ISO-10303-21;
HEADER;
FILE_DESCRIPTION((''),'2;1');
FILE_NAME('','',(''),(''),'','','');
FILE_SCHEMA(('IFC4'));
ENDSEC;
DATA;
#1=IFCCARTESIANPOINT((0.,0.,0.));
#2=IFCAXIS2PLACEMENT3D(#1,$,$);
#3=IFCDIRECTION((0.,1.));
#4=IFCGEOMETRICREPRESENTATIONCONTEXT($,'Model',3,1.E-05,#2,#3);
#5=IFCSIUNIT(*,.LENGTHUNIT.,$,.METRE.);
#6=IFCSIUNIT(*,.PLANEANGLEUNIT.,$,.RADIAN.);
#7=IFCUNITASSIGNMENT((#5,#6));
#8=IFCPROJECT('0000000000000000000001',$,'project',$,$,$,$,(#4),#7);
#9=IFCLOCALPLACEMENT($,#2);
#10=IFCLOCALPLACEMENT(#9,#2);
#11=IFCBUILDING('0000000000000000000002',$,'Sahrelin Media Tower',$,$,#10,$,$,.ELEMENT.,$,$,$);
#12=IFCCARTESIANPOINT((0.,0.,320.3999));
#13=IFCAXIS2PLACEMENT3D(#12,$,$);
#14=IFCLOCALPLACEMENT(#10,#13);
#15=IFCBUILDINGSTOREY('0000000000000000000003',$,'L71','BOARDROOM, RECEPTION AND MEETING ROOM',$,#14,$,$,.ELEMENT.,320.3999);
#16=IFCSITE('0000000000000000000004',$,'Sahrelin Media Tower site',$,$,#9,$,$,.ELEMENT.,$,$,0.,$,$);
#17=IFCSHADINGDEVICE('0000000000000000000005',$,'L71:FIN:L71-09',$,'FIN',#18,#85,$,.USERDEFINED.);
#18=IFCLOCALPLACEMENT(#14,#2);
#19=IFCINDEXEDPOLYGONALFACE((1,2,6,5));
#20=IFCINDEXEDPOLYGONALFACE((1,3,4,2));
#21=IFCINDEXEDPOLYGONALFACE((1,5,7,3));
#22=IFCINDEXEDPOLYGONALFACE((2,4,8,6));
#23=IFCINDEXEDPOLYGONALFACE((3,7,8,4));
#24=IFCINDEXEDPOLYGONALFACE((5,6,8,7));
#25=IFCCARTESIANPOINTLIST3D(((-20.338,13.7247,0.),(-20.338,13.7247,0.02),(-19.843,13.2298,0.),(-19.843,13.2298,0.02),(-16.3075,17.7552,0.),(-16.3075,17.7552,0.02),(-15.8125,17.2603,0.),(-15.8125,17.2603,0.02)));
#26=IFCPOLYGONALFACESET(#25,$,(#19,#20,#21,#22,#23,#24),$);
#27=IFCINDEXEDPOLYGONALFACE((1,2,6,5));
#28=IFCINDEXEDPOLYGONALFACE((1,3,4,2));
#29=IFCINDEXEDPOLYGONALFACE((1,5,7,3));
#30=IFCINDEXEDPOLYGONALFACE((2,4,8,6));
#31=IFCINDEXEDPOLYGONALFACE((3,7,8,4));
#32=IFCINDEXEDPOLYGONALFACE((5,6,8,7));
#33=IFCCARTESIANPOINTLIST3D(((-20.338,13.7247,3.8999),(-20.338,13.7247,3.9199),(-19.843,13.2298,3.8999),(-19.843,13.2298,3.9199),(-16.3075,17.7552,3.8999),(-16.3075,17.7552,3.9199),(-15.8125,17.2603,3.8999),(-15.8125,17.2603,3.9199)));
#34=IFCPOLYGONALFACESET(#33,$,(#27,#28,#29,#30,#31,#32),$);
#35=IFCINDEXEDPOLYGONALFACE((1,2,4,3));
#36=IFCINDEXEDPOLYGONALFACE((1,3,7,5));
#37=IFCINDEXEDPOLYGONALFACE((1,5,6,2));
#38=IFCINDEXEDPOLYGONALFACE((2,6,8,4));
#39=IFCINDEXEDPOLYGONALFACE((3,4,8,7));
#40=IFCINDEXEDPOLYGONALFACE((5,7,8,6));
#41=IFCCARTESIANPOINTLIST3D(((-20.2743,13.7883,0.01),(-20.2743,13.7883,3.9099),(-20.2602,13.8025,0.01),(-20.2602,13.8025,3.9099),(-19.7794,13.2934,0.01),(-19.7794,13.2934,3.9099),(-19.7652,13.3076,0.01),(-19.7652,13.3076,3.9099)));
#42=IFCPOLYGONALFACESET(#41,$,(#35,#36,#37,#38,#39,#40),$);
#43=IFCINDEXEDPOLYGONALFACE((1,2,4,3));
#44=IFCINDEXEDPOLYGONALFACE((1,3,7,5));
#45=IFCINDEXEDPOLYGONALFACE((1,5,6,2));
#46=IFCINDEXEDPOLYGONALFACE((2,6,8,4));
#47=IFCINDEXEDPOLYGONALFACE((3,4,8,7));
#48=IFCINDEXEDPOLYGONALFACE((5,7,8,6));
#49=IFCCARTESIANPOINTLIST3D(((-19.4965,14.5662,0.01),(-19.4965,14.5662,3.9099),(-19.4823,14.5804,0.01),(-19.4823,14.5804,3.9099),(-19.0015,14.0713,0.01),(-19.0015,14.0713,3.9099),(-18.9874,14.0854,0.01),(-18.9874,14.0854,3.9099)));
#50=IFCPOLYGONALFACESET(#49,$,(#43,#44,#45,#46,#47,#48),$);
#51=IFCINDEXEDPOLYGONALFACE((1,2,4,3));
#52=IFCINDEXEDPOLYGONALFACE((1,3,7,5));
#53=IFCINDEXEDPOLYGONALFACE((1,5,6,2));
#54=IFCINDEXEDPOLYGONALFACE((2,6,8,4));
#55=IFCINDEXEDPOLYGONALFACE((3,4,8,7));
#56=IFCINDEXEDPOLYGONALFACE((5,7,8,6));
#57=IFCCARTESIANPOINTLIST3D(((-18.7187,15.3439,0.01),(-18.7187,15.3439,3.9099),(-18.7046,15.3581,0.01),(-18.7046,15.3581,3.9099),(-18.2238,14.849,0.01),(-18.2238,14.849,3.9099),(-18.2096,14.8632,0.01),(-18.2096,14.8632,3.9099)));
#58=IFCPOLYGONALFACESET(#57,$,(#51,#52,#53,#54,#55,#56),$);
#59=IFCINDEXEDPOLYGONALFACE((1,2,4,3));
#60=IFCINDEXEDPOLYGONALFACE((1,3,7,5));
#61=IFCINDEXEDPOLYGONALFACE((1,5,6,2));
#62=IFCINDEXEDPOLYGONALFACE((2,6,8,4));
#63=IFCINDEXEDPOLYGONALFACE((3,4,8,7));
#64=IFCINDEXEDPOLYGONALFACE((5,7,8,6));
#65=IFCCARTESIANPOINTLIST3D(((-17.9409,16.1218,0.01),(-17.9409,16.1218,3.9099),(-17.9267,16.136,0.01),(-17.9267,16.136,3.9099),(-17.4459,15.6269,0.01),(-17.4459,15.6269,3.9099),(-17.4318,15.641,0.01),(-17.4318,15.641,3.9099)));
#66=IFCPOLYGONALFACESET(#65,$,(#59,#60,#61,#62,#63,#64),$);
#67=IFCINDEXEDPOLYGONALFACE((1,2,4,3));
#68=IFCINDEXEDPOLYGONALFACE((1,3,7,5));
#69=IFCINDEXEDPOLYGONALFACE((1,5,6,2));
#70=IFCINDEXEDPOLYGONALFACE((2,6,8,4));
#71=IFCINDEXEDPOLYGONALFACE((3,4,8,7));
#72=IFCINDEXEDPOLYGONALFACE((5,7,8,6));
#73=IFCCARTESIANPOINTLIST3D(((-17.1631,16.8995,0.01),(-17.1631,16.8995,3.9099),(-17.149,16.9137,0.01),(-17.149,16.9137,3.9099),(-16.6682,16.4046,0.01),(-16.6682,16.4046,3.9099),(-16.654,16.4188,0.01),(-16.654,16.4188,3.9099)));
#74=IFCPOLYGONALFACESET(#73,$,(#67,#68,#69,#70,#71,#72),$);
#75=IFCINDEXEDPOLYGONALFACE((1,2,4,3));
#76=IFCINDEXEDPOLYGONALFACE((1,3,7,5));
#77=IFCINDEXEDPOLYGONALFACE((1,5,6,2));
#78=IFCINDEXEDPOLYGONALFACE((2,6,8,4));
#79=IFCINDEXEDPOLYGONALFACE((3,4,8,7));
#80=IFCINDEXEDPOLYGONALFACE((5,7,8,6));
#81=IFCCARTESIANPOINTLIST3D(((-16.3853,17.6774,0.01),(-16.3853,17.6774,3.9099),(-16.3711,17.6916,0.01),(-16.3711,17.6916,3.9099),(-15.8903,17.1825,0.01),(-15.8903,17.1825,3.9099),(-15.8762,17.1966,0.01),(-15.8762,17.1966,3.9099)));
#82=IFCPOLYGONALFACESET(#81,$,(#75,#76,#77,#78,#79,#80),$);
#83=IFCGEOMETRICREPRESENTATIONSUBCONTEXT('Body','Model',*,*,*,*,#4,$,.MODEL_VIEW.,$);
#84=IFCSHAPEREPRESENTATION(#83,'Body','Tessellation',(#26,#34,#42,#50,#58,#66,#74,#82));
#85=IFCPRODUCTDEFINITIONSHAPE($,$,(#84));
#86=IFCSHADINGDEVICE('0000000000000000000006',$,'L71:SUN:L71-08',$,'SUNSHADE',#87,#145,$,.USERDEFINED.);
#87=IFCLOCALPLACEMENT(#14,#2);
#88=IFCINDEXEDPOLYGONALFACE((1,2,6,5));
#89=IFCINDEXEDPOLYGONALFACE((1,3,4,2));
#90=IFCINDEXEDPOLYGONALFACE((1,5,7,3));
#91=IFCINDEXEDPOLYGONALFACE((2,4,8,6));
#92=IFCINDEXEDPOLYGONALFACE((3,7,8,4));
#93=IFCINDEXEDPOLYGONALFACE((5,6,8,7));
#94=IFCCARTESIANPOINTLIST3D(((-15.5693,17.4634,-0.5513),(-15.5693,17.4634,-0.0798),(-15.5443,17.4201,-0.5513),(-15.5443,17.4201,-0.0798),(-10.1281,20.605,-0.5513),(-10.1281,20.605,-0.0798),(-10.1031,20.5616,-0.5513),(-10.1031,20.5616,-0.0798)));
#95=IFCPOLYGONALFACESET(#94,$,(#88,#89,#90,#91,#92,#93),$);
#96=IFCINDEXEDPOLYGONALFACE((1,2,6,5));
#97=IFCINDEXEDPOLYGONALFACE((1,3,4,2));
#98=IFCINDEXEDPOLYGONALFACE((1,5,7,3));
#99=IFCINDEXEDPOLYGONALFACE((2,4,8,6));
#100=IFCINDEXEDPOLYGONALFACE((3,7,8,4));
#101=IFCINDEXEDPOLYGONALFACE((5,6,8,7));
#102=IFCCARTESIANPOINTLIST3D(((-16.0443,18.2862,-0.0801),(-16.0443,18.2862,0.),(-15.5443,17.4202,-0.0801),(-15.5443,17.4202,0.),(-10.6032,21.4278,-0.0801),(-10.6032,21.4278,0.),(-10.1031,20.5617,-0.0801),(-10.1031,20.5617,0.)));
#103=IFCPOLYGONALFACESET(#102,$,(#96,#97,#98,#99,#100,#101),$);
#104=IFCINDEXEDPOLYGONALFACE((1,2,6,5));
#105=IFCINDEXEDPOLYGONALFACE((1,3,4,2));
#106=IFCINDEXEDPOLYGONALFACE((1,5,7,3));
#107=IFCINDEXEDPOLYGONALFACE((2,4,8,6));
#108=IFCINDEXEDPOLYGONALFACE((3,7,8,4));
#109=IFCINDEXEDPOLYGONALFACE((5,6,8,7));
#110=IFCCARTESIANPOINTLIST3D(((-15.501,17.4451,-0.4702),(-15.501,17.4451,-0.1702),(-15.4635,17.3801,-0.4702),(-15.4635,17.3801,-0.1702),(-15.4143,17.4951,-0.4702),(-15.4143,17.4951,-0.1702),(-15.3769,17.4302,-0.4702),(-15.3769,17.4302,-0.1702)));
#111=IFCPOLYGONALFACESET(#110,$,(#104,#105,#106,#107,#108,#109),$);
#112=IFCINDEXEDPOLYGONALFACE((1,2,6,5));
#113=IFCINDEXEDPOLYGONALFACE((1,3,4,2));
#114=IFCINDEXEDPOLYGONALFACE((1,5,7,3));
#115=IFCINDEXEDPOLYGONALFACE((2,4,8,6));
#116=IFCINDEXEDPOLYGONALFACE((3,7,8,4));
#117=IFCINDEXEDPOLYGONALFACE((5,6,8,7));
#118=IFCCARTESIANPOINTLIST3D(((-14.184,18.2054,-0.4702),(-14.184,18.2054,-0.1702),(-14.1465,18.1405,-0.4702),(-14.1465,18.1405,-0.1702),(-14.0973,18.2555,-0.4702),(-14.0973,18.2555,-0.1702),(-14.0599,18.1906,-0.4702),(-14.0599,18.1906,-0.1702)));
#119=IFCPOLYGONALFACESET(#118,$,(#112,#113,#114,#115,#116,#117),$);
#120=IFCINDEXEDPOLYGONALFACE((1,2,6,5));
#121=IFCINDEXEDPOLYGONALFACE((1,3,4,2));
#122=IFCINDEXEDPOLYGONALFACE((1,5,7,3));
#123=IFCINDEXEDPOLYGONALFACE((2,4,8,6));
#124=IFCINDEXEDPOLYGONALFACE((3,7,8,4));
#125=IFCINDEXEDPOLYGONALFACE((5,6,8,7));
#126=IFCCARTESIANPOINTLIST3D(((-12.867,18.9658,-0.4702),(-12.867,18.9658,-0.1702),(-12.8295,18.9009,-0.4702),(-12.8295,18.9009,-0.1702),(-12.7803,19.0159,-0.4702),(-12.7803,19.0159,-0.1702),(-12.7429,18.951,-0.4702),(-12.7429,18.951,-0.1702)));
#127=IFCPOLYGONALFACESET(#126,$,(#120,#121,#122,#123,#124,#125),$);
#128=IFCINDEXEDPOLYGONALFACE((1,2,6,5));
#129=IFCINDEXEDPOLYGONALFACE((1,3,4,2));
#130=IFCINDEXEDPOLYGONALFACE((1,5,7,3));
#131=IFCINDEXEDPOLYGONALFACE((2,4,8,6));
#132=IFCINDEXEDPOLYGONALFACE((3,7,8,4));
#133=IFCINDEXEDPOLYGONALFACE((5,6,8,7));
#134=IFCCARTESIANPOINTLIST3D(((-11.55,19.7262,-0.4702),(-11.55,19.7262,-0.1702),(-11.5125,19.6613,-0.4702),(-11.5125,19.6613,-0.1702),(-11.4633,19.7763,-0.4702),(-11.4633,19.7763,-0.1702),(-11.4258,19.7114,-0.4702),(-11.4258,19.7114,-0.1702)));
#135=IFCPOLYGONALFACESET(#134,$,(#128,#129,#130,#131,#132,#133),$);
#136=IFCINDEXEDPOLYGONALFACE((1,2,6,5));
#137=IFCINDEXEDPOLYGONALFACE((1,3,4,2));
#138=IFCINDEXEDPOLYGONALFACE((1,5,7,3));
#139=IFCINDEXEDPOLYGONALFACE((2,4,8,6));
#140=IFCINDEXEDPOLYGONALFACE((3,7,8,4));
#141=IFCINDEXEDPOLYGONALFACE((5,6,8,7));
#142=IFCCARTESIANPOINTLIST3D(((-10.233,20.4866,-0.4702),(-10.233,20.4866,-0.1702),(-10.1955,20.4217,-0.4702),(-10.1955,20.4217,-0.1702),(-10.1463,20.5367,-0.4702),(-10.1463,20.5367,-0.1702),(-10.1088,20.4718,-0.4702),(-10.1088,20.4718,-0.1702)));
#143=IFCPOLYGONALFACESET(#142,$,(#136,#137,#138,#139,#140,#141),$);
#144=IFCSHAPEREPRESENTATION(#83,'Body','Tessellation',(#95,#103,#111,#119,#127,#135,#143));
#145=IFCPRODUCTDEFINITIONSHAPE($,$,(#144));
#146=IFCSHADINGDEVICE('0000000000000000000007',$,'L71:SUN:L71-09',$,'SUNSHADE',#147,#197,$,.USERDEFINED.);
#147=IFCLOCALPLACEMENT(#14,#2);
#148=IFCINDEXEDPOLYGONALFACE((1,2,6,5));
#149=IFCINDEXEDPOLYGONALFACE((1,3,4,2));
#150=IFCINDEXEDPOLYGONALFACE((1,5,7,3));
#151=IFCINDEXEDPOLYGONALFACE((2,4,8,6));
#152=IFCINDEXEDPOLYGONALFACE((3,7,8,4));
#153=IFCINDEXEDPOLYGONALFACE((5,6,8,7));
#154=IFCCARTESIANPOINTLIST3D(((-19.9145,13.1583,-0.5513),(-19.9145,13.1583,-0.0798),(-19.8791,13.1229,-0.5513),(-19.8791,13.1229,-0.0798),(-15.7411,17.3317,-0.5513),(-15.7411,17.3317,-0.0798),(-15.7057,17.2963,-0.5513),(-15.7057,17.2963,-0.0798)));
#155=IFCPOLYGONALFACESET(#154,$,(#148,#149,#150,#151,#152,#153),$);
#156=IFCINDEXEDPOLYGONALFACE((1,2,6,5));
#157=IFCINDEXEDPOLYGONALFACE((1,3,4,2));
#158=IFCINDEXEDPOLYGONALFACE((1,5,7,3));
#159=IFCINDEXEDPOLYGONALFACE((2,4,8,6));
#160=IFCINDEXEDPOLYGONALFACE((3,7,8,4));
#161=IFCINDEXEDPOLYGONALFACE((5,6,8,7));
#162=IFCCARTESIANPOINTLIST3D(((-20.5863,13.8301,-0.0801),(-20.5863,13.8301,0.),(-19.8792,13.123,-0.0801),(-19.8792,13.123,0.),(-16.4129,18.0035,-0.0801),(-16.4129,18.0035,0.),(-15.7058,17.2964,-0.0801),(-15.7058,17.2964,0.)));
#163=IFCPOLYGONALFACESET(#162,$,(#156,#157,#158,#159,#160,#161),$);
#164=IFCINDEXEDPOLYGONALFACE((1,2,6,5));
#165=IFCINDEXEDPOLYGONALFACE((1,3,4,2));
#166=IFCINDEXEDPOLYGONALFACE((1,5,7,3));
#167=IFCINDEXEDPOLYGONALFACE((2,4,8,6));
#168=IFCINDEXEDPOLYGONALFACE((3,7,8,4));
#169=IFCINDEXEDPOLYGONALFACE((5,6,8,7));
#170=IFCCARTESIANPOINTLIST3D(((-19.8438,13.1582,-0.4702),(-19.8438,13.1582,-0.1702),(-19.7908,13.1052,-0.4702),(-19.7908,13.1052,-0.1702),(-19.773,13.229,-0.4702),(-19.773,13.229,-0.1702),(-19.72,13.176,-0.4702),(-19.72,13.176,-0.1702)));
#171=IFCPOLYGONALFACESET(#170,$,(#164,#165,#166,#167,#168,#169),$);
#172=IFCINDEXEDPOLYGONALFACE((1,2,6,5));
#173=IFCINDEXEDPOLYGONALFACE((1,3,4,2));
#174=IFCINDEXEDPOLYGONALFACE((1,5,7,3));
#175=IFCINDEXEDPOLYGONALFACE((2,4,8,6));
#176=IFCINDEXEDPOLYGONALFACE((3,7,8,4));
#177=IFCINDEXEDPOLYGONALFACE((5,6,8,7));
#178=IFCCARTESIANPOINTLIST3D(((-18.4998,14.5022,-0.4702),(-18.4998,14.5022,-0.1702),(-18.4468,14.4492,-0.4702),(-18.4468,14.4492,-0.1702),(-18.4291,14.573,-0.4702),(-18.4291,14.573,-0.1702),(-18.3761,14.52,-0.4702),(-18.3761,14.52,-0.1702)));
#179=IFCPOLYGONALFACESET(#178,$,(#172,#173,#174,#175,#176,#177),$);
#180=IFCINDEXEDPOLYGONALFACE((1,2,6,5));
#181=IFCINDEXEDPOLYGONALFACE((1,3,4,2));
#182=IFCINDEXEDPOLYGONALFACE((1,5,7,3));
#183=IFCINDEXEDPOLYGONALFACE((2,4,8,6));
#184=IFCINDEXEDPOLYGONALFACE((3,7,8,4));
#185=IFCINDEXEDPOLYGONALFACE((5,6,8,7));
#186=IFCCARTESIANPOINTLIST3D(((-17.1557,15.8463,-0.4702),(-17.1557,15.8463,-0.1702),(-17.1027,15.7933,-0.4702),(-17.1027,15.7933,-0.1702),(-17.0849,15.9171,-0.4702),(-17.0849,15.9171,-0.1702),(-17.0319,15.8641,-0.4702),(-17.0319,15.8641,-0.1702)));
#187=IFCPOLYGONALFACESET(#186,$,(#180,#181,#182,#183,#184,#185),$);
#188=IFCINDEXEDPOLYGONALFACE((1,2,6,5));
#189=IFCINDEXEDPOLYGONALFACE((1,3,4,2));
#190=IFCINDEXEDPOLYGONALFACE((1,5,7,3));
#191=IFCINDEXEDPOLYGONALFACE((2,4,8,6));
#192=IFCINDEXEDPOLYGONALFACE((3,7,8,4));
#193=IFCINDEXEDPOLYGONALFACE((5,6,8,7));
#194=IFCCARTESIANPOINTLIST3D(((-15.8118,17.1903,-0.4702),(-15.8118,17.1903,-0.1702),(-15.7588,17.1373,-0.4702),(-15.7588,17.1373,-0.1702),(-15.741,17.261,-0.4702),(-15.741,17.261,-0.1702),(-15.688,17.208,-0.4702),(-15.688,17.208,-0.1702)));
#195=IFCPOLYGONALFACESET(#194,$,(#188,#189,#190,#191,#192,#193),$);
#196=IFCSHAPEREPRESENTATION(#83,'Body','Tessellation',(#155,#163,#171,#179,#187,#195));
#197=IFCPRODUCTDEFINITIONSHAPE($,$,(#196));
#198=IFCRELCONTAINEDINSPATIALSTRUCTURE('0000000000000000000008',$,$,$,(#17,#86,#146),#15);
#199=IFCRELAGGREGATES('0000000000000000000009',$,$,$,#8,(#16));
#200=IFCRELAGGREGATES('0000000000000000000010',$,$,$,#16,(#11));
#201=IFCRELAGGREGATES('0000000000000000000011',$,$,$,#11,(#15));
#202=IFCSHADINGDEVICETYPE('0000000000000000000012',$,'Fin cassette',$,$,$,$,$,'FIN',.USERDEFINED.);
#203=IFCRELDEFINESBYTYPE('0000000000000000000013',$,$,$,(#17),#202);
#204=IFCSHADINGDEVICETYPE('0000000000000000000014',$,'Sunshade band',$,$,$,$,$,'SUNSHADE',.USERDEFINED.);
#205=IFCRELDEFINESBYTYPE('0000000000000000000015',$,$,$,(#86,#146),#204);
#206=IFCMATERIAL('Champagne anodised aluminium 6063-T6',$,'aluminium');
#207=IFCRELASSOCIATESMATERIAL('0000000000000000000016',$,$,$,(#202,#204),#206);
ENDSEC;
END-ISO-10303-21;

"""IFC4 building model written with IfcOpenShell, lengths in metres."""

from ifc_helpers import new_model, si_unit, direction, frame, origin, origin_2d, place, context, subcontext, project, spatial, rectangle, extrude, material, type_object, element, save


model = new_model("IFC4")

# Units and contexts
model_context = context("Model", 3, precision=1e-05, world=origin(), true_north=direction((0.0, 1.0)))
body_context = subcontext(model_context, "Body", "Model", "MODEL_VIEW")
ifc_project = project(units=[si_unit("LENGTHUNIT", "METRE"), si_unit("PLANEANGLEUNIT", "RADIAN")], contexts=[model_context])

# Site, building, storey
site_placement = place(None, origin())
site = spatial("IfcSite", under=ifc_project, at=site_placement, Name="Sahrelin Media Tower site", CompositionType="ELEMENT", RefElevation=0.0)
building_placement = place(site_placement, origin())
building = spatial("IfcBuilding", under=site, at=building_placement, Name="Sahrelin Media Tower", CompositionType="ELEMENT")
storey_placement = place(building_placement, frame((0.0, 0.0, 320.3999)))
storey = spatial("IfcBuildingStorey", under=building, at=storey_placement, Name="L71", Description="BOARDROOM, RECEPTION AND MEETING ROOM", CompositionType="ELEMENT", Elevation=320.3999)

# Shared definitions
ifc_material_1 = material(Name="Champagne anodised aluminium 6063-T6", Category="aluminium")

# Shading devices
shading_device_type_1 = type_object("IfcShadingDeviceType", Name="Fin cassette", ElementType="FIN", PredefinedType="USERDEFINED", material=ifc_material_1)
placement_1 = place(storey_placement, frame((-12.8137, 18.9736, 0.0), z_axis=(0.0, 0.0, 1.0), x_axis=(0.866019, 0.500011, 0.0)))
placement_2 = place(storey_placement, frame((-17.7783, 15.1956, 0.0), z_axis=(0.0, 0.0, 1.0), x_axis=(0.707107, 0.707107, 0.0)))
element("IfcShadingDevice", 1, at=placement_2, inside=storey, type_object=shading_device_type_1, Name="L71:FIN:L71-09", ObjectType="FIN", PredefinedType="USERDEFINED", context=body_context, shape_type="SweptSolid", body=[
    extrude(rectangle(XDim=5.7, YDim=0.7, at=origin_2d()), frame((0.0, 0.4199, 0.0)), (0.0, 0.0, 1.0), 0.02),
    extrude(rectangle(XDim=5.7, YDim=0.7, at=origin_2d()), frame((0.0, 0.4199, 3.8999)), (0.0, 0.0, 1.0), 0.02),
    extrude(rectangle(XDim=0.02, YDim=0.7, at=origin_2d()), frame((-2.75, 0.4199, 0.01), z_axis=(0.0, 0.0, 1.0), x_axis=(1.0, 0.0, 0.0)), (0.0, 0.0, 1.0), 3.8999),
    extrude(rectangle(XDim=0.02, YDim=0.7, at=origin_2d()), frame((-1.6499, 0.4199, 0.01), z_axis=(0.0, 0.0, 1.0), x_axis=(1.0, 0.0, 0.0)), (0.0, 0.0, 1.0), 3.8999),
    extrude(rectangle(XDim=0.02, YDim=0.7, at=origin_2d()), frame((-0.55, 0.4199, 0.01), z_axis=(0.0, 0.0, 1.0), x_axis=(1.0, 0.0, 0.0)), (0.0, 0.0, 1.0), 3.8999),
    extrude(rectangle(XDim=0.02, YDim=0.7, at=origin_2d()), frame((0.55, 0.4199, 0.01), z_axis=(0.0, 0.0, 1.0), x_axis=(1.0, 0.0, 0.0)), (0.0, 0.0, 1.0), 3.8999),
    extrude(rectangle(XDim=0.02, YDim=0.7, at=origin_2d()), frame((1.6499, 0.4199, 0.01), z_axis=(0.0, 0.0, 1.0), x_axis=(1.0, 0.0, 0.0)), (0.0, 0.0, 1.0), 3.8999),
    extrude(rectangle(XDim=0.02, YDim=0.7, at=origin_2d()), frame((2.75, 0.4199, 0.01), z_axis=(0.0, 0.0, 1.0), x_axis=(1.0, 0.0, 0.0)), (0.0, 0.0, 1.0), 3.8999),
])
shading_device_type_2 = type_object("IfcShadingDeviceType", Name="Sunshade band", ElementType="SUNSHADE", PredefinedType="USERDEFINED", material=ifc_material_1)
element("IfcShadingDevice", 2, at=placement_1, inside=storey, type_object=shading_device_type_2, Name="L71:SUN:L71-08", ObjectType="SUNSHADE", PredefinedType="USERDEFINED", context=body_context, shape_type="SweptSolid", body=[
    extrude(rectangle(XDim=6.283, YDim=0.05, at=origin_2d()), frame((0.0, 0.0449, -0.5513)), (0.0, 0.0, 1.0), 0.4714),
    extrude(rectangle(XDim=6.283, YDim=1.0, at=origin_2d()), frame((0.0, 0.52, -0.0801)), (0.0, 0.0, 1.0), 0.0801),
    extrude(rectangle(XDim=0.1001, YDim=0.075, at=origin_2d()), frame((-3.0415, -0.0176, -0.4702)), (0.0, 0.0, 1.0), 0.3),
    extrude(rectangle(XDim=0.1001, YDim=0.075, at=origin_2d()), frame((-1.5208, -0.0176, -0.4702)), (0.0, 0.0, 1.0), 0.3),
    extrude(rectangle(XDim=0.1001, YDim=0.075, at=origin_2d()), frame((0.0, -0.0176, -0.4702)), (0.0, 0.0, 1.0), 0.3),
    extrude(rectangle(XDim=0.1001, YDim=0.075, at=origin_2d()), frame((1.5208, -0.0176, -0.4702)), (0.0, 0.0, 1.0), 0.3),
    extrude(rectangle(XDim=0.1001, YDim=0.075, at=origin_2d()), frame((3.0415, -0.0176, -0.4702)), (0.0, 0.0, 1.0), 0.3),
])
element("IfcShadingDevice", 3, at=placement_2, inside=storey, type_object=shading_device_type_2, Name="L71:SUN:L71-09", ObjectType="SUNSHADE", PredefinedType="USERDEFINED", context=body_context, shape_type="SweptSolid", body=[
    extrude(rectangle(XDim=5.9021, YDim=0.05, at=origin_2d()), frame((0.0, 0.0449, -0.5513)), (0.0, 0.0, 1.0), 0.4714),
    extrude(rectangle(XDim=5.9021, YDim=1.0, at=origin_2d()), frame((0.0, 0.52, -0.0801)), (0.0, 0.0, 1.0), 0.0801),
    extrude(rectangle(XDim=0.1001, YDim=0.075, at=origin_2d()), frame((-2.8511, -0.0176, -0.4702)), (0.0, 0.0, 1.0), 0.3),
    extrude(rectangle(XDim=0.1001, YDim=0.075, at=origin_2d()), frame((-0.9504, -0.0176, -0.4702)), (0.0, 0.0, 1.0), 0.3),
    extrude(rectangle(XDim=0.1001, YDim=0.075, at=origin_2d()), frame((0.9504, -0.0176, -0.4702)), (0.0, 0.0, 1.0), 0.3),
    extrude(rectangle(XDim=0.1001, YDim=0.075, at=origin_2d()), frame((2.8511, -0.0176, -0.4702)), (0.0, 0.0, 1.0), 0.3),
])

save(model, "model.ifc")
